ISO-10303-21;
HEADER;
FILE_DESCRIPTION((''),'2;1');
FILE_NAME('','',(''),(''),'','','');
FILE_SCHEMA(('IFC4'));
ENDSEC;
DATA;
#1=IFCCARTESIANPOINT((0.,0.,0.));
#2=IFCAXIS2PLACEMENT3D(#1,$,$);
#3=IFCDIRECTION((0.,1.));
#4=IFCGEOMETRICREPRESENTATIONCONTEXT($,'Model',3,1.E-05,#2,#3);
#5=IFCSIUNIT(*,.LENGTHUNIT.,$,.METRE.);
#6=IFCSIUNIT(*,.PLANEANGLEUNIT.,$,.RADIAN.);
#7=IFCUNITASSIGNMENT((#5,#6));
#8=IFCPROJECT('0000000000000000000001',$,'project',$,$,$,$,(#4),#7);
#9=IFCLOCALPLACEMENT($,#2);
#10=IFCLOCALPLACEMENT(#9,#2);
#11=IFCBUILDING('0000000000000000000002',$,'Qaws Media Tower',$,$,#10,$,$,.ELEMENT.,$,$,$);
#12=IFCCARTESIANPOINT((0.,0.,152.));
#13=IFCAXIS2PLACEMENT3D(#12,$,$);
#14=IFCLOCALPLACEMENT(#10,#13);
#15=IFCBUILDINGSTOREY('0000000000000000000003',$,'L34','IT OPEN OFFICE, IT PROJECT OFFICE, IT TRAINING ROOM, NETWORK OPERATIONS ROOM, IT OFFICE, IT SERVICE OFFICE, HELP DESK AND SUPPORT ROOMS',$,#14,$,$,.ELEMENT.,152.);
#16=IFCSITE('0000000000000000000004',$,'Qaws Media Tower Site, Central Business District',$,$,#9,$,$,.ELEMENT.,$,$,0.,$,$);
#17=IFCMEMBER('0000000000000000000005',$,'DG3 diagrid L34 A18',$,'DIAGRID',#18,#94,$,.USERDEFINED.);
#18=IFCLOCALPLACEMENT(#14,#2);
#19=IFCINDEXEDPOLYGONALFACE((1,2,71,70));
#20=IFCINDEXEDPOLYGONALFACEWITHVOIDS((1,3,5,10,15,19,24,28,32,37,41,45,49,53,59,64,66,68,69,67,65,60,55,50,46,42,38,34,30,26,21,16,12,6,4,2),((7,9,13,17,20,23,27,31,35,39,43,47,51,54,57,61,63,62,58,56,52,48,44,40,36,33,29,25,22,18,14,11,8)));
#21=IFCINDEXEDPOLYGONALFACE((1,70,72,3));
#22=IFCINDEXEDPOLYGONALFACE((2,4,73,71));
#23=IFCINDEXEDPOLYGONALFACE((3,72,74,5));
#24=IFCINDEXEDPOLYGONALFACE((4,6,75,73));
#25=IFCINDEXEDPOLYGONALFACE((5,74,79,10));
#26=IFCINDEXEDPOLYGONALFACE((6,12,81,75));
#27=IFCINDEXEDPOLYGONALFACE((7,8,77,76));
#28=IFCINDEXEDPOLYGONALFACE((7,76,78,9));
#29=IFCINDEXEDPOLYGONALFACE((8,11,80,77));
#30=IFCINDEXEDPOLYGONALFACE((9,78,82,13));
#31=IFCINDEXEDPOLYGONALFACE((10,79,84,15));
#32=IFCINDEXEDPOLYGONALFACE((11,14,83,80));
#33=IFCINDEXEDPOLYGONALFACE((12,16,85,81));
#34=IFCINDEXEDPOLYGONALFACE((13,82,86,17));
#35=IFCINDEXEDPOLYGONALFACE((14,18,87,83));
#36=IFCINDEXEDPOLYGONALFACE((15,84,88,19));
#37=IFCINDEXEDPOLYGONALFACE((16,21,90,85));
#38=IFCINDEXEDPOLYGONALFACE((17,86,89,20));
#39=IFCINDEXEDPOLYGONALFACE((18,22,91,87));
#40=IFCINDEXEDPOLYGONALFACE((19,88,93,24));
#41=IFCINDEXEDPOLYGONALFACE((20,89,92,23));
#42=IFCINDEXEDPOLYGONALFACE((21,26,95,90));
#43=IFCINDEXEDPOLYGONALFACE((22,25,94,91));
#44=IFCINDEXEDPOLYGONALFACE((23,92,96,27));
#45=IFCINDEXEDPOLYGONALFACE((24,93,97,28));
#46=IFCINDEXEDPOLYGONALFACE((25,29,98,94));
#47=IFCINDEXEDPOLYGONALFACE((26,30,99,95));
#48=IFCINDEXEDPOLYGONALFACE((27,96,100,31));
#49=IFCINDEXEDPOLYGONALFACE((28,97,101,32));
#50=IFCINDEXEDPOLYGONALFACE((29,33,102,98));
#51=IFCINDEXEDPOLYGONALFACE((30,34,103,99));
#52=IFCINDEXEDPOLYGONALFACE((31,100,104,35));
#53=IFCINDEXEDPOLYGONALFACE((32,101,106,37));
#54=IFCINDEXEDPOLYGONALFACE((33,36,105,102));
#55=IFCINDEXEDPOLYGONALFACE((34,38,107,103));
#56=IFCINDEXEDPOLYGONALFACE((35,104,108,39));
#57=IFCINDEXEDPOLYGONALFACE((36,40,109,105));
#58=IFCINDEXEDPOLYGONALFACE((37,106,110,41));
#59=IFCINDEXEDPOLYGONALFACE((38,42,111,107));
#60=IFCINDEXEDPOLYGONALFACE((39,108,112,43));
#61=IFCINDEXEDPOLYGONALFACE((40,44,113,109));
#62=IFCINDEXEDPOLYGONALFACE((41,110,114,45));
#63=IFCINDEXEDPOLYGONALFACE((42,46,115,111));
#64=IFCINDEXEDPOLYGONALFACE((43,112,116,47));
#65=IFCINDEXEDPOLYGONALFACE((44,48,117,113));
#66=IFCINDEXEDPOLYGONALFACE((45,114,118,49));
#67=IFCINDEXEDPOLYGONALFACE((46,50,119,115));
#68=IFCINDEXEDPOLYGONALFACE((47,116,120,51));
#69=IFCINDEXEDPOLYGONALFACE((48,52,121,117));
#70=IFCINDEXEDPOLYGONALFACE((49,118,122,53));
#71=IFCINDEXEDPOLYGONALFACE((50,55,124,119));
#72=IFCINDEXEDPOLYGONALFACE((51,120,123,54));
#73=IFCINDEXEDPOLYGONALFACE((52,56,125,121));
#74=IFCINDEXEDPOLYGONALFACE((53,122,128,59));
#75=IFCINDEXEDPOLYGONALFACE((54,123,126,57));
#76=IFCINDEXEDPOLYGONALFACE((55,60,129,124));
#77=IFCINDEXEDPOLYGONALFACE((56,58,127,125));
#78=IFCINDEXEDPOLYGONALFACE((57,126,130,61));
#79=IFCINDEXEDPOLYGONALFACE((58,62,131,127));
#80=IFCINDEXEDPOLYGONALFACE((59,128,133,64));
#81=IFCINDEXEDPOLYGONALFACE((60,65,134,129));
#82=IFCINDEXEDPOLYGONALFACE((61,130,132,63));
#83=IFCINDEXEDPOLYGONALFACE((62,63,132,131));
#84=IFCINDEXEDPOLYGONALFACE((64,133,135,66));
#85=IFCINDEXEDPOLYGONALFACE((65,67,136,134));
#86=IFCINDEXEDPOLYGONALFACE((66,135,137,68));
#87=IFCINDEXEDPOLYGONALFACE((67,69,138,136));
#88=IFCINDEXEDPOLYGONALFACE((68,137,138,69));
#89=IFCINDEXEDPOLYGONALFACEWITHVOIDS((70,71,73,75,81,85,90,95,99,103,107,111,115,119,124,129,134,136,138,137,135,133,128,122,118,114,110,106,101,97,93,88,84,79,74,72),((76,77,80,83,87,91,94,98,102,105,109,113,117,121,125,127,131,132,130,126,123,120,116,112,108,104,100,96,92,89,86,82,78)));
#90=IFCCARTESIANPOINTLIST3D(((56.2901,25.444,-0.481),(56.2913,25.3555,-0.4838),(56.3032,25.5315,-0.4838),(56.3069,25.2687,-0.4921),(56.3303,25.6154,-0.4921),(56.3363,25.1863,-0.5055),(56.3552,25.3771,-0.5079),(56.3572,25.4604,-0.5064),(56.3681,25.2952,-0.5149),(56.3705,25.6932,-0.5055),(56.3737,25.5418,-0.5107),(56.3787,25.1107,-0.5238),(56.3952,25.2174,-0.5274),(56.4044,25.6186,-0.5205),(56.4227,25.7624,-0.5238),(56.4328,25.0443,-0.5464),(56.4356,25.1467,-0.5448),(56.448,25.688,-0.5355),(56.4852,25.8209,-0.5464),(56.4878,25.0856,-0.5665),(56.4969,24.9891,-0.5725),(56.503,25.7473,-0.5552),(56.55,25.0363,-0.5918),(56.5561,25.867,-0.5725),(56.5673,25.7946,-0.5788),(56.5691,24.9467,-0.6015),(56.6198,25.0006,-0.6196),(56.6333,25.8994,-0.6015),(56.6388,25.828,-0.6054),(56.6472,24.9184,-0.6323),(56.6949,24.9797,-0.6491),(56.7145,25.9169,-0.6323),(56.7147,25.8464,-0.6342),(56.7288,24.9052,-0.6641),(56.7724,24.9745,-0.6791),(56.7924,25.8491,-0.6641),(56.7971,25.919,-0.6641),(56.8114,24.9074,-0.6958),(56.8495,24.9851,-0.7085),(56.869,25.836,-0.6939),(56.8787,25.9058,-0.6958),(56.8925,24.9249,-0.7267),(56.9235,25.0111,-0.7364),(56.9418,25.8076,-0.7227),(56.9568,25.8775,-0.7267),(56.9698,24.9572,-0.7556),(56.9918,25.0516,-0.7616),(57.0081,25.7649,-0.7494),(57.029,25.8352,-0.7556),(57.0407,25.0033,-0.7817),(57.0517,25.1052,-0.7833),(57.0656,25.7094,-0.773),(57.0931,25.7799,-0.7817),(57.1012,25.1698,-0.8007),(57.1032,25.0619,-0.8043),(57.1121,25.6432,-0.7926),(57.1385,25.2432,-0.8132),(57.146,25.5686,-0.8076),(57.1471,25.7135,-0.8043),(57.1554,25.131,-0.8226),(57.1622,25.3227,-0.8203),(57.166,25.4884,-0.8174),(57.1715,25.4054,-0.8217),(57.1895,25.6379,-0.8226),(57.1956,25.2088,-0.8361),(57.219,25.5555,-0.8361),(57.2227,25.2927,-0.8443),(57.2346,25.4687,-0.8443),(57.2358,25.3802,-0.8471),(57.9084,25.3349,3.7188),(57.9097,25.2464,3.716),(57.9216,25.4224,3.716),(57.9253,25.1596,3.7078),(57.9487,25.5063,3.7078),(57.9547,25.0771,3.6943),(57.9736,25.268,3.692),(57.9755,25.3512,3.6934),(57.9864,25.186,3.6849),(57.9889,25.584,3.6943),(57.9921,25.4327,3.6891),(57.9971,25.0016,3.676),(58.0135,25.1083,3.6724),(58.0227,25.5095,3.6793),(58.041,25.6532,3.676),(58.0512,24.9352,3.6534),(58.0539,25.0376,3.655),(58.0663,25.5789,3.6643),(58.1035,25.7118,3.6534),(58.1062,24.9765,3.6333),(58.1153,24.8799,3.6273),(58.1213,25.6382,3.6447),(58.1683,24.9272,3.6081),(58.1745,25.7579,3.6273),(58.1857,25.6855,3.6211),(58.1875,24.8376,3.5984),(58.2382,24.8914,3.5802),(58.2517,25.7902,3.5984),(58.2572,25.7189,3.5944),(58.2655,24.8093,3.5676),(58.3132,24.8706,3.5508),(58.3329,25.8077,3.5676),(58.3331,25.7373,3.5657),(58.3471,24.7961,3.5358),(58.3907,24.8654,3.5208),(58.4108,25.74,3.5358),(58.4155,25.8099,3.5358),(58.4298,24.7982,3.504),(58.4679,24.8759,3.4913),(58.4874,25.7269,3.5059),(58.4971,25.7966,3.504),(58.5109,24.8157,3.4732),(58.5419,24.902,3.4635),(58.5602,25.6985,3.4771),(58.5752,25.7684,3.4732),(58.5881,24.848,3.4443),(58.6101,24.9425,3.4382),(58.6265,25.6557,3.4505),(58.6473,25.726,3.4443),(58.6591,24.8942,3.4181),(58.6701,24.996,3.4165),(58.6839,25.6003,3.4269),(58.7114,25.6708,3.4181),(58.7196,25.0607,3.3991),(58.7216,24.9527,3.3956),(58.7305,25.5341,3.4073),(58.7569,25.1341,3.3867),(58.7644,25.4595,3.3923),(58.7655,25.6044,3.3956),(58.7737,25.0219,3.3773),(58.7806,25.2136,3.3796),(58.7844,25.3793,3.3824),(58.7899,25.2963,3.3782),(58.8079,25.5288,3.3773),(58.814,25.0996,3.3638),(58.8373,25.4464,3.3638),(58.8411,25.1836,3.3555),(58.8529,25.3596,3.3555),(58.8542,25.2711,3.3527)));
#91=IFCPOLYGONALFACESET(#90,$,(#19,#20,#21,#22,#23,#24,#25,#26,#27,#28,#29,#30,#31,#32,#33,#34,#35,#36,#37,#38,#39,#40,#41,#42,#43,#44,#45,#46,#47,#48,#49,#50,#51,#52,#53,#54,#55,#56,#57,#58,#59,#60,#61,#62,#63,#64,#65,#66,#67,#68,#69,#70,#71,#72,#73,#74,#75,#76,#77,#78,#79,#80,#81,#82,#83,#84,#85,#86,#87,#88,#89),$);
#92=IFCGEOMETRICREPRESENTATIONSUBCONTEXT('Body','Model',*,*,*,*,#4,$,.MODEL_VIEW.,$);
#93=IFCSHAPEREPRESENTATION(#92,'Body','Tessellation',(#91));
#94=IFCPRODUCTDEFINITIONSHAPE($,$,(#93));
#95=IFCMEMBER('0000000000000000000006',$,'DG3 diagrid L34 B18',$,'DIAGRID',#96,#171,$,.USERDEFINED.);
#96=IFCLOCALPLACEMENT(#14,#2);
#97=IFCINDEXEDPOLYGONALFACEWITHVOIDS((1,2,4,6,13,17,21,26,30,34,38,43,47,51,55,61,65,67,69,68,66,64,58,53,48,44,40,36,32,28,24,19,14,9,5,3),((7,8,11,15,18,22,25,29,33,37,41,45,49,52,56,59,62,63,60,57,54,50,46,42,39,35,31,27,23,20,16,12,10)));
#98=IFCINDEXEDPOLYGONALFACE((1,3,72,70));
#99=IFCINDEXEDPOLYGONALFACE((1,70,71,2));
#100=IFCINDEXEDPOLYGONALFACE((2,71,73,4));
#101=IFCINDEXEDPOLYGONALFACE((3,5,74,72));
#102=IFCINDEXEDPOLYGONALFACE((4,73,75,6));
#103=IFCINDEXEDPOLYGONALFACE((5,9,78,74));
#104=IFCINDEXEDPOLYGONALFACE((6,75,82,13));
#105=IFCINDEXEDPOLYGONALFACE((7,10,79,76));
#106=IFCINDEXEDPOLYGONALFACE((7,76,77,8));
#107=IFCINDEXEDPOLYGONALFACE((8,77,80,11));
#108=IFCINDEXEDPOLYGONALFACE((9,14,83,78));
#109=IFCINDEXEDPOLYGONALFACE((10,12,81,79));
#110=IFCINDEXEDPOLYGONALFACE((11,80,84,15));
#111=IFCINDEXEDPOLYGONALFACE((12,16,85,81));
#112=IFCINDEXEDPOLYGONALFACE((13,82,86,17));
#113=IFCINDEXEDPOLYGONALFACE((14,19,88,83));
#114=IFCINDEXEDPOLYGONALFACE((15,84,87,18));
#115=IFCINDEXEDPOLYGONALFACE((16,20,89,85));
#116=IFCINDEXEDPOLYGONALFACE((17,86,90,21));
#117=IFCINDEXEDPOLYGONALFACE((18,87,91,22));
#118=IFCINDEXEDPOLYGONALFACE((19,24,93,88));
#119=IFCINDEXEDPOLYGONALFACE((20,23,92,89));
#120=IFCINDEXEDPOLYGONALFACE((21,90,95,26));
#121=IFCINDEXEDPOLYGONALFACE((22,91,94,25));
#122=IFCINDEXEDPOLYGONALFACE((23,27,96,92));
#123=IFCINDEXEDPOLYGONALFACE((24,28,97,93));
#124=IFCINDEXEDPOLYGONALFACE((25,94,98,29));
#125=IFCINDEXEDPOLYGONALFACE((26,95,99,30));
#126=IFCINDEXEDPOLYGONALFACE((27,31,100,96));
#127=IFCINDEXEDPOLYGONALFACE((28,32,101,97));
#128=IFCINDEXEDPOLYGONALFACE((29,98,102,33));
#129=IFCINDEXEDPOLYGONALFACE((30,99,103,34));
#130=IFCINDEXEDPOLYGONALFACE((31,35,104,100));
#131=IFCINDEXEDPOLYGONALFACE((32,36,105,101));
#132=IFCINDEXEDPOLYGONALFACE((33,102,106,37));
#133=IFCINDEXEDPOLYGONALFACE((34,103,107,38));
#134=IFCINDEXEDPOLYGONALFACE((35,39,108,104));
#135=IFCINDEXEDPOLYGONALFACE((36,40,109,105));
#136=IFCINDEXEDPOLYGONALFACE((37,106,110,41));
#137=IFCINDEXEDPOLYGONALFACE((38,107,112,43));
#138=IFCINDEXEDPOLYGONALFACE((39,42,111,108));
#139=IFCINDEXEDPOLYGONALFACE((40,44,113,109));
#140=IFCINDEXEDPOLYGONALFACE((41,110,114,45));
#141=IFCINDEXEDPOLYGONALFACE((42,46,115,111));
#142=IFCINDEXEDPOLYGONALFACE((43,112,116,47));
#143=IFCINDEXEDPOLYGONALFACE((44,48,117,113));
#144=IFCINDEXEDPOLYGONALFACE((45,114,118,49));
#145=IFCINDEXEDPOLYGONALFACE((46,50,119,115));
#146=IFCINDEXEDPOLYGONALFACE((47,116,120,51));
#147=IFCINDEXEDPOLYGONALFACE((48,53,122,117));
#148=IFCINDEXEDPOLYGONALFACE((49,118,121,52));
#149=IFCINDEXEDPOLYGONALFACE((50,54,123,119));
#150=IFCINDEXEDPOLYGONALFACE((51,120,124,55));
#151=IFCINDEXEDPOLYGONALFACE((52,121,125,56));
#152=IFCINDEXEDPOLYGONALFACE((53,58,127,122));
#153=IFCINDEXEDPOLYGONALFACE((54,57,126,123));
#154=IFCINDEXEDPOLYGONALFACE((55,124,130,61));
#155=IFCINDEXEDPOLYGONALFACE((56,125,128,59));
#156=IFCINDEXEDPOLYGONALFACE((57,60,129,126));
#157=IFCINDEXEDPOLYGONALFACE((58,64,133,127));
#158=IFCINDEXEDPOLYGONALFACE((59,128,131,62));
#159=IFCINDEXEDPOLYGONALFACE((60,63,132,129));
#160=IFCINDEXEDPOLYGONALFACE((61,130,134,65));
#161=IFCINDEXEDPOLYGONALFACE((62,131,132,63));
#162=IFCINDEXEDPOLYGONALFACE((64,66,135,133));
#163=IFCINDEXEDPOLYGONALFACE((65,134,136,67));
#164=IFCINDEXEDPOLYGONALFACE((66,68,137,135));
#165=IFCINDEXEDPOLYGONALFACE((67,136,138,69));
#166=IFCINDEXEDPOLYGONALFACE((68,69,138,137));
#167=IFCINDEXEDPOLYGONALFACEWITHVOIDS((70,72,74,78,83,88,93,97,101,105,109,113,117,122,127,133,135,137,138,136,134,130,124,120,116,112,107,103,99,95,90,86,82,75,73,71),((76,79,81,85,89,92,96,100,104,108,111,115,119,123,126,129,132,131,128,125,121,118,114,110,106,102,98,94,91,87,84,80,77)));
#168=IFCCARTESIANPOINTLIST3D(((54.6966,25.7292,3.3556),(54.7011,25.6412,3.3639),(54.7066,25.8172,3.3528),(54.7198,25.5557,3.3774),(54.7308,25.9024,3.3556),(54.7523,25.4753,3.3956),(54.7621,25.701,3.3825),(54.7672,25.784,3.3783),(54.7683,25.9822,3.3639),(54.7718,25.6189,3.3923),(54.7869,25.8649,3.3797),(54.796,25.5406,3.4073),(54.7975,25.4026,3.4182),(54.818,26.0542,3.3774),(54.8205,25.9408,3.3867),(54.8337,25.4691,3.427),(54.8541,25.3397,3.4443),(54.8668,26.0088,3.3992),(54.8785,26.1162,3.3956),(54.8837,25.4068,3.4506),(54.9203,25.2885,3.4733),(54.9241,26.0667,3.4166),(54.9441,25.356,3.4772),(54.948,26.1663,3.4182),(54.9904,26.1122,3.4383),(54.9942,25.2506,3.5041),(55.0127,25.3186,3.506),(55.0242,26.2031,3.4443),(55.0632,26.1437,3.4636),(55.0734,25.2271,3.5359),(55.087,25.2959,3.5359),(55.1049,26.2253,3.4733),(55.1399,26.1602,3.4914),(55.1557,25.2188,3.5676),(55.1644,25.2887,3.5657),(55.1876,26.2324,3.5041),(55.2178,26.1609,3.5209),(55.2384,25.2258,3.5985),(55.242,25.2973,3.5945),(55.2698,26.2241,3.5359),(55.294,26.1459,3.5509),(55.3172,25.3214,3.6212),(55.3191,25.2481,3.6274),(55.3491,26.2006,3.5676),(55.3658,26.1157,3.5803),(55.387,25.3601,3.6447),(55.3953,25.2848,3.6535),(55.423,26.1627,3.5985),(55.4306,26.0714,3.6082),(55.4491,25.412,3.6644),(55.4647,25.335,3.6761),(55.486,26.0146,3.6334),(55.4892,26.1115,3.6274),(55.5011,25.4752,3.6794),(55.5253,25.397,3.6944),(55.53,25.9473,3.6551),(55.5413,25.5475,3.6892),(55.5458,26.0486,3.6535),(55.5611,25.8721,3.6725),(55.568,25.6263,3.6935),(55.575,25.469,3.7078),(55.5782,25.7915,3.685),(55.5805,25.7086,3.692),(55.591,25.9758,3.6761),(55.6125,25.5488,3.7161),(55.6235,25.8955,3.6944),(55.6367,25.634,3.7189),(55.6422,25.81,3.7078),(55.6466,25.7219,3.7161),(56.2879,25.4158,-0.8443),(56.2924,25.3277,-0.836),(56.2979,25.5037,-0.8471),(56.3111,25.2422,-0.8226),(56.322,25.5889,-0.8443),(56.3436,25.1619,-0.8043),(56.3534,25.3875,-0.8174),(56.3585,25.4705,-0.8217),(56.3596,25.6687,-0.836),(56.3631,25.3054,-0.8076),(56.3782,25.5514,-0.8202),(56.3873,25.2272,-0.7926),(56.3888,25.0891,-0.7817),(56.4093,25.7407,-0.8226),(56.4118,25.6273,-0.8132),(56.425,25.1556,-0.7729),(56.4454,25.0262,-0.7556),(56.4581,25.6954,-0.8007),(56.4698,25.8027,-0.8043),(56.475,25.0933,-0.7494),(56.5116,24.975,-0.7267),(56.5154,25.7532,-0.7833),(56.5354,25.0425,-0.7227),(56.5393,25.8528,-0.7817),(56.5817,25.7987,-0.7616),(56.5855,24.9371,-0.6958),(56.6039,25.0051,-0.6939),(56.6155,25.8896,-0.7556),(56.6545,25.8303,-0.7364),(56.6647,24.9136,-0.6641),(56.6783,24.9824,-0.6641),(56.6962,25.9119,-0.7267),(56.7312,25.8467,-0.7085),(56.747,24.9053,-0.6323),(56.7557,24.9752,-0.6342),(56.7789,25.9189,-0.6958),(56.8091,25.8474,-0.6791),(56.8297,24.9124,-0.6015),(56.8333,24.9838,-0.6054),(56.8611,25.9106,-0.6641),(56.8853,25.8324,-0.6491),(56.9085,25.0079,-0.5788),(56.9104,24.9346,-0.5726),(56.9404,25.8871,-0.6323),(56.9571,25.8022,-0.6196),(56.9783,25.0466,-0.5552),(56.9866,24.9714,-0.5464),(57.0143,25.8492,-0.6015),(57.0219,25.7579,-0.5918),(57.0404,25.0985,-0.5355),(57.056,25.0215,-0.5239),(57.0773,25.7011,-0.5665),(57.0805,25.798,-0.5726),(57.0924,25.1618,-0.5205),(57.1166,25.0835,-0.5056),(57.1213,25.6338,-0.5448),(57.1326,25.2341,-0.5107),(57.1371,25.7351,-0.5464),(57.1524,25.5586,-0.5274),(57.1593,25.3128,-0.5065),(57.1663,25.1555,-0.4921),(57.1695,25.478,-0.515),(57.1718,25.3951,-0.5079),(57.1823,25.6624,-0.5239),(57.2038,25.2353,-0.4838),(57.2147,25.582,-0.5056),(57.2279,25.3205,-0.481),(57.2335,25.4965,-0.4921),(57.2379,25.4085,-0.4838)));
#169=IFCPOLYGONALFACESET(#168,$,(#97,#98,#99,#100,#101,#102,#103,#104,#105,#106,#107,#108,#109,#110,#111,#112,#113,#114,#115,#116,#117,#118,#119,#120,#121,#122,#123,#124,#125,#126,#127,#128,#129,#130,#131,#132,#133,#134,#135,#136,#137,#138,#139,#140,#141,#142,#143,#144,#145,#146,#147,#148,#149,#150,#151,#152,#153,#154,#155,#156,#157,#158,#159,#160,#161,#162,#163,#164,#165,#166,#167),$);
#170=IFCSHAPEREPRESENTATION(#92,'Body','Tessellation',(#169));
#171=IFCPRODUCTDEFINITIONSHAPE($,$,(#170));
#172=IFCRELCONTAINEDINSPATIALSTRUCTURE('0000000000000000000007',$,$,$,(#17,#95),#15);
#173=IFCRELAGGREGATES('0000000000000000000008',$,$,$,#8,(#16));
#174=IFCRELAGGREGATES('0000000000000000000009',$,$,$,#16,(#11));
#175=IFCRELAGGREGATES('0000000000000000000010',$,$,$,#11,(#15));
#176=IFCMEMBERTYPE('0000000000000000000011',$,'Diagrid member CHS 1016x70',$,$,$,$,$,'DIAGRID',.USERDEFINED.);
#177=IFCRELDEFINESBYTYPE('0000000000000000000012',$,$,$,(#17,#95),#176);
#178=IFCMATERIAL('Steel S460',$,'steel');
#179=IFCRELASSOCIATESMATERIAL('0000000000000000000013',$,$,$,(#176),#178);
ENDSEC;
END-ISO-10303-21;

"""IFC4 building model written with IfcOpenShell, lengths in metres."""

from ifc_helpers import new_model, si_unit, direction, frame, origin, origin_2d, place, context, subcontext, project, spatial, hollow_circle, extrude, material, material_profile, profile_set, type_object, element, save


model = new_model("IFC4")

# Units and contexts
model_context = context("Model", 3, precision=1e-05, world=origin(), true_north=direction((0.0, 1.0)))
body_context = subcontext(model_context, "Body", "Model", "MODEL_VIEW")
ifc_project = project(units=[si_unit("LENGTHUNIT", "METRE"), si_unit("PLANEANGLEUNIT", "RADIAN")], contexts=[model_context])

# Site, building, storey
site_placement = place(None, origin())
site = spatial("IfcSite", under=ifc_project, at=site_placement, Name="Qaws Media Tower Site, Central Business District", CompositionType="ELEMENT", RefElevation=0.0)
building_placement = place(site_placement, origin())
building = spatial("IfcBuilding", under=site, at=building_placement, Name="Qaws Media Tower", CompositionType="ELEMENT")
storey_placement = place(building_placement, frame((0.0, 0.0, 152.0)))
storey = spatial("IfcBuildingStorey", under=building, at=storey_placement, Name="L34", Description="IT OPEN OFFICE, IT PROJECT OFFICE, IT TRAINING ROOM, NETWORK OPERATIONS ROOM, IT OFFICE, IT SERVICE OFFICE, HELP DESK AND SUPPORT ROOMS", CompositionType="ELEMENT", Elevation=152.0)

# Members
ifc_material_1 = material(Name="Steel S460", Category="steel")
ifc_material_profile_1 = material_profile(ifc_material_1, hollow_circle(Radius=0.5081, WallThickness=0.0701, at=origin_2d()), Name="CHS 1016x70")
ifc_profile_set_1 = profile_set([ifc_material_profile_1], Name="Steel S460")
member_type_1 = type_object("IfcMemberType", Name="Diagrid member CHS 1016x70", ElementType="DIAGRID", PredefinedType="USERDEFINED", material=ifc_profile_set_1)
for number, where, z_axis, x_axis, name in (
    (1, (56.7629, 25.4121, -0.6641), (0.359462, -0.024239, 0.932845), (0.067278, 0.997734, 0.0), "DG3 diagrid L34 A18"),
    (2, (56.7629, 25.4121, -0.6641), (-0.353449, 0.069627, 0.932859), (-0.193278, -0.981144, 0.0), "DG3 diagrid L34 B18"),
):
    element("IfcMember", number, at=place(storey_placement, frame(where, z_axis=z_axis, x_axis=x_axis)), inside=storey, type_object=member_type_1, Name=name, ObjectType="DIAGRID", PredefinedType="USERDEFINED", context=body_context, shape_type="SweptSolid", body=[
        extrude(hollow_circle(Radius=0.5081, WallThickness=0.0701, at=origin_2d()), origin(), (0.0, 0.0, 1.0), 4.5022),
    ])

save(model, "model.ifc")
